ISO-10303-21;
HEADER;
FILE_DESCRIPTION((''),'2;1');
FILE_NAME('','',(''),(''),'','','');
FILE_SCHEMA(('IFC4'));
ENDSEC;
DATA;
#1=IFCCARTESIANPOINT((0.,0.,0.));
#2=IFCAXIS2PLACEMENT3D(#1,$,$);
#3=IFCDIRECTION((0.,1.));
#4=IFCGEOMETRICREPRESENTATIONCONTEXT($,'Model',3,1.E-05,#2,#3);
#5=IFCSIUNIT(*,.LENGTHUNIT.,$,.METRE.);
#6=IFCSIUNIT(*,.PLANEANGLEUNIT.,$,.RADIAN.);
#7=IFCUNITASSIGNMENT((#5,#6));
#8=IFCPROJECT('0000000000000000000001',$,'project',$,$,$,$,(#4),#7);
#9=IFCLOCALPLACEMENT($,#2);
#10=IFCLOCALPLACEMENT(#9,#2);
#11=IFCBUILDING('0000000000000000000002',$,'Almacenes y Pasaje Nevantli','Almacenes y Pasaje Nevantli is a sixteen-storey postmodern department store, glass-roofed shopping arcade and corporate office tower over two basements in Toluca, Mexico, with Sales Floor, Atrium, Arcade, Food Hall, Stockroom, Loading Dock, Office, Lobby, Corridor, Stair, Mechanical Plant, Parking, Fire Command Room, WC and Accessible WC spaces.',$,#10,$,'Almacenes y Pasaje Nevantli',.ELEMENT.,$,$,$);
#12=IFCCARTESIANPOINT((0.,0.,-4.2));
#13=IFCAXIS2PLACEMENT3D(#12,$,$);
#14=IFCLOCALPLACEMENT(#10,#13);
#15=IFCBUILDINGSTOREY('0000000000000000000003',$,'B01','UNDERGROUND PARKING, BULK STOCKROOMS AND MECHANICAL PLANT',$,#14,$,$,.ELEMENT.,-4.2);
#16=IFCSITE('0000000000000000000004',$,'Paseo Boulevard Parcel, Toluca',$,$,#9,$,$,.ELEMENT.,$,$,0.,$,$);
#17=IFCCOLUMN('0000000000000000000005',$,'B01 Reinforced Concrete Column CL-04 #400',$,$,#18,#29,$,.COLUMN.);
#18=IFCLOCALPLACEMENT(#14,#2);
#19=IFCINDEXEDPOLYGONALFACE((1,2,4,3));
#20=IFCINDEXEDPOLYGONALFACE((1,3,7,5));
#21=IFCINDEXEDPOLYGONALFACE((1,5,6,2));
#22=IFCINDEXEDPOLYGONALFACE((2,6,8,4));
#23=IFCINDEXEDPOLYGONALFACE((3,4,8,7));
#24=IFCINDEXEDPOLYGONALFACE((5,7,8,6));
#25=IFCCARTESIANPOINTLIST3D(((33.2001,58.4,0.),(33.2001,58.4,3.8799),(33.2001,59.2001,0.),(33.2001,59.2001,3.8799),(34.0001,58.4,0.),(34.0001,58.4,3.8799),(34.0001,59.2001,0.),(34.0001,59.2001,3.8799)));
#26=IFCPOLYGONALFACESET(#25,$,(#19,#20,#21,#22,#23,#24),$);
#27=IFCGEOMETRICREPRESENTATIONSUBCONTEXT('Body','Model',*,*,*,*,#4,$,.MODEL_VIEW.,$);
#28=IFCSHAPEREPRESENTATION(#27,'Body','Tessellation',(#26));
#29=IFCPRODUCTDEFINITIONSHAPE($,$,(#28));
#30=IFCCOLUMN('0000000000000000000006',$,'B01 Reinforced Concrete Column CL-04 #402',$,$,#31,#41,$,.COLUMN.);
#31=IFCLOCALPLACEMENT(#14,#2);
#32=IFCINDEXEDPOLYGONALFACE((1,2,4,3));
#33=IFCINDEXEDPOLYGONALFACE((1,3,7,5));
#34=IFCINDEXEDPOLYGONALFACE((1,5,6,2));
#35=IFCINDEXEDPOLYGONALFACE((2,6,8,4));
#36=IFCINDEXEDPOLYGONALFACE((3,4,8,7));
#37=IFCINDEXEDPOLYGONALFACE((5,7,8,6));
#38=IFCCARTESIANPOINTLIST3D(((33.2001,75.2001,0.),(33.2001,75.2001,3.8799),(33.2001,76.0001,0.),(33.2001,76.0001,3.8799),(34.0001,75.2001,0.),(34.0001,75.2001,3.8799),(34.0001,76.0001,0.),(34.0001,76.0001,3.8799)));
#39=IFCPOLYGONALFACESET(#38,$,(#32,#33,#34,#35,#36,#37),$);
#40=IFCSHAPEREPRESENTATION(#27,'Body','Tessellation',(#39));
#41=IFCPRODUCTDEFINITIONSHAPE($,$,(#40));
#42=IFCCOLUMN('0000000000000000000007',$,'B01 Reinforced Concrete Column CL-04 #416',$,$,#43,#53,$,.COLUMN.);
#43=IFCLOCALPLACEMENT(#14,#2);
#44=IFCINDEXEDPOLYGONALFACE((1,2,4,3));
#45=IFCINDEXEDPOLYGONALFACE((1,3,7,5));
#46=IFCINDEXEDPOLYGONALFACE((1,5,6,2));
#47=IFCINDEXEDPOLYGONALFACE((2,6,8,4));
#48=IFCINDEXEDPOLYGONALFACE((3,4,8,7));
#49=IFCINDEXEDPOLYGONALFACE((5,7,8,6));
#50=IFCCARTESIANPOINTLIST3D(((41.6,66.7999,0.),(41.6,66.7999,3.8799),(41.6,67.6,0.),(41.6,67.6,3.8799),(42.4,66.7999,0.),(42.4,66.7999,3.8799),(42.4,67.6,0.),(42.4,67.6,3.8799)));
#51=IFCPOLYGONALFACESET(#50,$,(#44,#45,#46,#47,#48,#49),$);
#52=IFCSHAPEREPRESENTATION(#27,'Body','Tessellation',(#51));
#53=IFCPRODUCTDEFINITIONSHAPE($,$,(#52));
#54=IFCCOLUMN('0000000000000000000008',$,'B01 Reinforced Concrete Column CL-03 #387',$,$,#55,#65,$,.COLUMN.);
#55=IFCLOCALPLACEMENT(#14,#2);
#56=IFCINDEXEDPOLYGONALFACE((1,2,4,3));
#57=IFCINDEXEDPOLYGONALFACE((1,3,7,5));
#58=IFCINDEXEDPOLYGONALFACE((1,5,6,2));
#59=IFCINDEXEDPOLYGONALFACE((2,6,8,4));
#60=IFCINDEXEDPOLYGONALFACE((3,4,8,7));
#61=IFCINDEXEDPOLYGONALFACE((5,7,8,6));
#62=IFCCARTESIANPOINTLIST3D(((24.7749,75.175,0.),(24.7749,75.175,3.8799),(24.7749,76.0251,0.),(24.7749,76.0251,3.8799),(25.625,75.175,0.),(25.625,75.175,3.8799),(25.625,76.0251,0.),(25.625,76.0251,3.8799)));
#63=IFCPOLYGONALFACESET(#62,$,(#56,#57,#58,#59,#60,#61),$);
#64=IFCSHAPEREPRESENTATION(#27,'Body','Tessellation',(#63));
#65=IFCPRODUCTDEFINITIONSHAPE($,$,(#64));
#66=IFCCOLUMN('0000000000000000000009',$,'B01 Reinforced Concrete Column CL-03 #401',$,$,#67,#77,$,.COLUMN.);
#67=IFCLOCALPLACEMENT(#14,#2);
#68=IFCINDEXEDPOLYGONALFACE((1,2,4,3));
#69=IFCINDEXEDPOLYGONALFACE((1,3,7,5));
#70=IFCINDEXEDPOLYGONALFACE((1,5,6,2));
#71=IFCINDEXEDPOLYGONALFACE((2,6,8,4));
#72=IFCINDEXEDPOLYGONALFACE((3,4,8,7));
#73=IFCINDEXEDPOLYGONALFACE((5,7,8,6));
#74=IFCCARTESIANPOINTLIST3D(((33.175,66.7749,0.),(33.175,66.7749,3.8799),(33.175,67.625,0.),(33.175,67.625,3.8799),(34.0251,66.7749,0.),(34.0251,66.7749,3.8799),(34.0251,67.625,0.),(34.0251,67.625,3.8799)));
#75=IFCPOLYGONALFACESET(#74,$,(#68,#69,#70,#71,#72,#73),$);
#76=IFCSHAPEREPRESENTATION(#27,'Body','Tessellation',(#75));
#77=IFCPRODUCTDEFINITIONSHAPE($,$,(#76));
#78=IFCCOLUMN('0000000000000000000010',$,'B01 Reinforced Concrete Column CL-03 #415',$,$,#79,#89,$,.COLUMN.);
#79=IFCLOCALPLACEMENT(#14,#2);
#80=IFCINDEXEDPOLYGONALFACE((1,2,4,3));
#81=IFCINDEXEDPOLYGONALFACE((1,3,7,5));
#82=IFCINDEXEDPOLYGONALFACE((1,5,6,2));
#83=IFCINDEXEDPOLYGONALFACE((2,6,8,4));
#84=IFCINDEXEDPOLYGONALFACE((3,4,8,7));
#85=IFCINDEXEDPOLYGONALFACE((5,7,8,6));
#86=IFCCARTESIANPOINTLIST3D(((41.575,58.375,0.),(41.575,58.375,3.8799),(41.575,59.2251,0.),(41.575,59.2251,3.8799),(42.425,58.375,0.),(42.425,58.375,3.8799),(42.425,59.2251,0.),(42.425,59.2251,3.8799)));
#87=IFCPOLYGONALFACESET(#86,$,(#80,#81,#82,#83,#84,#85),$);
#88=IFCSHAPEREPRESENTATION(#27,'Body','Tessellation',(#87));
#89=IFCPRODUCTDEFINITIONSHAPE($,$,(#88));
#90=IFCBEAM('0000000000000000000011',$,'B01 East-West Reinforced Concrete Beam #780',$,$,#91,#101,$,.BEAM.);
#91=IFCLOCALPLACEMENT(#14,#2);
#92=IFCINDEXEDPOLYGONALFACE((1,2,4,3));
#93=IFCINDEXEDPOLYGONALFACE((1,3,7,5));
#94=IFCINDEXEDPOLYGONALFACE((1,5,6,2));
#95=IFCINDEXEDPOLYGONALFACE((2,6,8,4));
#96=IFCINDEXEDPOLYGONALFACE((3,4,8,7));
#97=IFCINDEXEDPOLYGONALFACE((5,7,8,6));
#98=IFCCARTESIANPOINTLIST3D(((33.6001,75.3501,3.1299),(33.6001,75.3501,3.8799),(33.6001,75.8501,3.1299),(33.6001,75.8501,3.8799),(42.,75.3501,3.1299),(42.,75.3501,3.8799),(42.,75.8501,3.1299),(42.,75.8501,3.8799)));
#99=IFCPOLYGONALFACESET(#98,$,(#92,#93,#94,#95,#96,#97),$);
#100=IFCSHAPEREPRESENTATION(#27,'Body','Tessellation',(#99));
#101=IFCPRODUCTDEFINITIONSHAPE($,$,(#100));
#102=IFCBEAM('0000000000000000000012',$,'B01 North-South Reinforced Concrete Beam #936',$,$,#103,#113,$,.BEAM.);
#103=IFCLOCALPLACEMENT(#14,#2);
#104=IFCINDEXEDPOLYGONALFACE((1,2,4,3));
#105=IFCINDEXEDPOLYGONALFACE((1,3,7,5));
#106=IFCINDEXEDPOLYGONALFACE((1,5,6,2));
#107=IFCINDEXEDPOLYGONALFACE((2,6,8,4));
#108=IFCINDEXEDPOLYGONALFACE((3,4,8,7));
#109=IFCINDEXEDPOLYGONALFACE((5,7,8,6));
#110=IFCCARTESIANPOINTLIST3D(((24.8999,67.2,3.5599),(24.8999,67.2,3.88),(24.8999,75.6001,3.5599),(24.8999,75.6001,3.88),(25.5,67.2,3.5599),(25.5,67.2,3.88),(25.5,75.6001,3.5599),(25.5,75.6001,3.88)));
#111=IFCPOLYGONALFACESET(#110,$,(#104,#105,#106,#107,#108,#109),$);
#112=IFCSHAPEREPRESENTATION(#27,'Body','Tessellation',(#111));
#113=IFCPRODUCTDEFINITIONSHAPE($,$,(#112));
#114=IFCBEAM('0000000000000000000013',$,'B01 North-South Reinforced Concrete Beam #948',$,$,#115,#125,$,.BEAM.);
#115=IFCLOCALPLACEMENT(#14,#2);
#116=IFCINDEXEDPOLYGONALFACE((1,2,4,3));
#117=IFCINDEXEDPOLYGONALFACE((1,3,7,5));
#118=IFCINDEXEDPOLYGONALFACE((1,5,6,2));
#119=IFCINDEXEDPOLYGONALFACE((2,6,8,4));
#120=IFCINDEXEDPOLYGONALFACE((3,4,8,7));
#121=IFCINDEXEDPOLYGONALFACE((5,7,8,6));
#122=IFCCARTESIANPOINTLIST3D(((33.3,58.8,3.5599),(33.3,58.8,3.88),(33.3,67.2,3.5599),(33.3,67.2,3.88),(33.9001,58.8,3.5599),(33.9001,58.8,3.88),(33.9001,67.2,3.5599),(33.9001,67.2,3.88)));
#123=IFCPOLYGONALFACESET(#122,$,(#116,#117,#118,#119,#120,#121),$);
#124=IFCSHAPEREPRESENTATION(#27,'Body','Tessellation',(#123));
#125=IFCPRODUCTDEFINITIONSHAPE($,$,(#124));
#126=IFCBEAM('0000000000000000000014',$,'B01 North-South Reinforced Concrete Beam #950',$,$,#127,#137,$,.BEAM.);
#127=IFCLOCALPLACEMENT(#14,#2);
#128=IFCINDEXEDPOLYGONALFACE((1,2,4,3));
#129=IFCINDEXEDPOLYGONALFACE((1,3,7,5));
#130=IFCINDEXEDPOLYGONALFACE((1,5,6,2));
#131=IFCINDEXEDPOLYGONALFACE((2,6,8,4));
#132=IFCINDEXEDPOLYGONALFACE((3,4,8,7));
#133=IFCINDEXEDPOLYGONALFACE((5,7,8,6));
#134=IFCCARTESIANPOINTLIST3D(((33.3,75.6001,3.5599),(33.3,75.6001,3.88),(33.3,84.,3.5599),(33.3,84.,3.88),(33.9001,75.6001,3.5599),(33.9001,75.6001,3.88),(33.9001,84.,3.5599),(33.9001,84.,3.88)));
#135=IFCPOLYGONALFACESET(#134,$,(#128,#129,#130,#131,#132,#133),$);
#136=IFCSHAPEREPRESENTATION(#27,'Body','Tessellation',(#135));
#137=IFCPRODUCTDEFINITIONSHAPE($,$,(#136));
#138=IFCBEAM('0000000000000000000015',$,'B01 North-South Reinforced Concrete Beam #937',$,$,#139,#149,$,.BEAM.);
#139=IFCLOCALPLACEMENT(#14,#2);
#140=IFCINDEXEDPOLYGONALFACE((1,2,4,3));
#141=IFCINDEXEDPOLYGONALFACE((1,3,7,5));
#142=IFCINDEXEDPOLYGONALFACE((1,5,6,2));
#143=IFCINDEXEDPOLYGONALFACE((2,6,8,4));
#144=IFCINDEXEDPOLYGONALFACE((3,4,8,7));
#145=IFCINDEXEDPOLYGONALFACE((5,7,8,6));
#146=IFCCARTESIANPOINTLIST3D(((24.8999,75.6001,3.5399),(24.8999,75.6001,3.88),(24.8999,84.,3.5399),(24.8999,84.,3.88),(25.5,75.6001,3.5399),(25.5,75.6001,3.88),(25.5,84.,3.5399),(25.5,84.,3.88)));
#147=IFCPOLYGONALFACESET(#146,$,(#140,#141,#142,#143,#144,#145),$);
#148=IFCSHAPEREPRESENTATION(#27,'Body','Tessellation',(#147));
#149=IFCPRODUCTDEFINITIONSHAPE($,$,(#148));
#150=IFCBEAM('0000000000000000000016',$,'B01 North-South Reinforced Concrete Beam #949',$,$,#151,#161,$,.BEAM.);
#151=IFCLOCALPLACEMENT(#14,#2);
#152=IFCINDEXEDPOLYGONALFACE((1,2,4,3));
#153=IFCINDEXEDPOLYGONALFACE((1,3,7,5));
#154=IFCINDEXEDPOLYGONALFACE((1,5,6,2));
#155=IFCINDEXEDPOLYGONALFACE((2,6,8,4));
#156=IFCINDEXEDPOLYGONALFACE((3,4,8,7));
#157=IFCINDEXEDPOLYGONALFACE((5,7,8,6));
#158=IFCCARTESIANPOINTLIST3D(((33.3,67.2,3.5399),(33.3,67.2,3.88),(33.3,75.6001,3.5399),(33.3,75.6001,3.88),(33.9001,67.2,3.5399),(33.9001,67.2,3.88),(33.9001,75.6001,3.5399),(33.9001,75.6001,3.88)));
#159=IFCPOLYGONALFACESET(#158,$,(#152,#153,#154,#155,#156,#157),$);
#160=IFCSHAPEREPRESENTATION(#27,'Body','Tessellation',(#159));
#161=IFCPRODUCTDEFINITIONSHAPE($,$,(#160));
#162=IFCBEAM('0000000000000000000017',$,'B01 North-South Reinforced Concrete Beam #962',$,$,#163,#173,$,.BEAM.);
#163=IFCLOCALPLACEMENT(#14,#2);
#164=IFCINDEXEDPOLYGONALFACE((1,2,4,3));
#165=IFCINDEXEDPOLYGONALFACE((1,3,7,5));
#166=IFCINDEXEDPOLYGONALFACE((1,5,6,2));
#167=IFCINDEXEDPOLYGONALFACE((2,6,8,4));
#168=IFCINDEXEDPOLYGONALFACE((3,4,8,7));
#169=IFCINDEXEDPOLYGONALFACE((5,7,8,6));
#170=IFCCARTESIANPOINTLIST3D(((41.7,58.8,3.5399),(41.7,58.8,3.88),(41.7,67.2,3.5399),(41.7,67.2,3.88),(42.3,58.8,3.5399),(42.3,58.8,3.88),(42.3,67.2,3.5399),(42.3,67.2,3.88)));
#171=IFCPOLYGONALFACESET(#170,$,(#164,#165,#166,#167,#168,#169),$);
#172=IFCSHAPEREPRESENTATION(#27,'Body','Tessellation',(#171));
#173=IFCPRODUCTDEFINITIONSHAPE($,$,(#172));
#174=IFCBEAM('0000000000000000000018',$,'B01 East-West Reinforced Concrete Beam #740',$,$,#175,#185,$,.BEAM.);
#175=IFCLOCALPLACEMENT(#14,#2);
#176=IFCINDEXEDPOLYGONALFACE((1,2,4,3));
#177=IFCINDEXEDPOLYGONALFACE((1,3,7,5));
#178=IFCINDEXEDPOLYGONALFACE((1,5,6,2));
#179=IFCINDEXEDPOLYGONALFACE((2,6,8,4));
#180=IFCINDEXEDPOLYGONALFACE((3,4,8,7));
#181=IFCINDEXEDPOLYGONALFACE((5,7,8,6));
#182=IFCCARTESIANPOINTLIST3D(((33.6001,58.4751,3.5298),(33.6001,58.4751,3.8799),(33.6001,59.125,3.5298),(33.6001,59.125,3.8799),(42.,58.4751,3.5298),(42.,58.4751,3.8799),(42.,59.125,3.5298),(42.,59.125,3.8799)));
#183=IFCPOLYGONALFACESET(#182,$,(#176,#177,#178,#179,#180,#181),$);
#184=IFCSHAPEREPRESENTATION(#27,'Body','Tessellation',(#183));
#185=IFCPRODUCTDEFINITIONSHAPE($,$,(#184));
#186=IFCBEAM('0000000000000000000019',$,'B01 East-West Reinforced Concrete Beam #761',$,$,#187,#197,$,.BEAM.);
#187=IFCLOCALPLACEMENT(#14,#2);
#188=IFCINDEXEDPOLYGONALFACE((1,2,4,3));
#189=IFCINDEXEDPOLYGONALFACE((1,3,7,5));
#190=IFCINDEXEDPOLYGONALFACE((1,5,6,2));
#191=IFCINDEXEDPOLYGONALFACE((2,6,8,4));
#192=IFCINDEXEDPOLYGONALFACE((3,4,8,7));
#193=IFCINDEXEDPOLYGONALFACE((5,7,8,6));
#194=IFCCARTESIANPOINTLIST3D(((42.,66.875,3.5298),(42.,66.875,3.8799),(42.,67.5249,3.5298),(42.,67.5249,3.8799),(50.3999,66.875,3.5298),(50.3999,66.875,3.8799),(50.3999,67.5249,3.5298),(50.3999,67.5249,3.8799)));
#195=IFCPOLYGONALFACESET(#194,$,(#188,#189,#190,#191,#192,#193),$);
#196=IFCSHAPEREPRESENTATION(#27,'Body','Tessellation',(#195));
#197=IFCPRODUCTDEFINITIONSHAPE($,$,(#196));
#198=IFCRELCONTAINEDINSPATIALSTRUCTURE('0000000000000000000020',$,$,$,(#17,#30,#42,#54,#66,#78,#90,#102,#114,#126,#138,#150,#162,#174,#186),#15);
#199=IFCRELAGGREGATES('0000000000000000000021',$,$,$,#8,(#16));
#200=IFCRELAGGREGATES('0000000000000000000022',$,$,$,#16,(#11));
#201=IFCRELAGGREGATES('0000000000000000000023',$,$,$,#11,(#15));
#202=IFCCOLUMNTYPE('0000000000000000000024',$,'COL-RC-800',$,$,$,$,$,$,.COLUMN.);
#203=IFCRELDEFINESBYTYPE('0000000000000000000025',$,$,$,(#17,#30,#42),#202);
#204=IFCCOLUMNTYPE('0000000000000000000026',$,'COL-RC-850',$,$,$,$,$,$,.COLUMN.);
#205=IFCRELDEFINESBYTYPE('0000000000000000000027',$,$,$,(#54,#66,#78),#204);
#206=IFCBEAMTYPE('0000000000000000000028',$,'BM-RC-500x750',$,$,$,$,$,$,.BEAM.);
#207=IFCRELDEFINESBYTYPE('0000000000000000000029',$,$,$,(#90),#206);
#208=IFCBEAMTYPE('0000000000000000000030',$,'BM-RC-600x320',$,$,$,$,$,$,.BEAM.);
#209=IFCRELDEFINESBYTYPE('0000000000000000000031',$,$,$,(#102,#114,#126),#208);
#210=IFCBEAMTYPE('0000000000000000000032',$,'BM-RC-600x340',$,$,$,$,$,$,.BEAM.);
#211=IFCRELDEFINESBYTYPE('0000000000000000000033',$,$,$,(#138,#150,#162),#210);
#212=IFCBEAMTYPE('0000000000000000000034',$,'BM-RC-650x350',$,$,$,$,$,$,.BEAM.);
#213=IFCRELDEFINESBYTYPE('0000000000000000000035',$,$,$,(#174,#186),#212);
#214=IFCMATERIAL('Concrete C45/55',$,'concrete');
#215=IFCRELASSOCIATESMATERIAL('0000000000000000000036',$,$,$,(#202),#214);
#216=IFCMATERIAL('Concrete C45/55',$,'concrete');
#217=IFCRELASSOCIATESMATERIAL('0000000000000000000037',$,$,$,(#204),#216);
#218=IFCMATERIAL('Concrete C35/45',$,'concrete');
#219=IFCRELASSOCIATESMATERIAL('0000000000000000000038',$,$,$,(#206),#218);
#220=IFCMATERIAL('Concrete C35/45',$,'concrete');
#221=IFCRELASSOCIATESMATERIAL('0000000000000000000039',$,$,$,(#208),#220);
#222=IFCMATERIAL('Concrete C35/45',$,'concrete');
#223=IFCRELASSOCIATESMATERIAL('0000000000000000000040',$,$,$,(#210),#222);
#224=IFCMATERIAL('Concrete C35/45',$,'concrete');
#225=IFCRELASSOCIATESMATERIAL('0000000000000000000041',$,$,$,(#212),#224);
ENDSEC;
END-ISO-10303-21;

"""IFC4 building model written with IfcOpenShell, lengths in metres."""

from ifc_helpers import new_model, si_unit, direction, frame, origin, origin_2d, place, context, subcontext, project, spatial, rectangle, extrude, material, material_profile, profile_set, type_object, element, save


model = new_model("IFC4")

# Units and contexts
model_context = context("Model", 3, precision=1e-05, world=origin(), true_north=direction((0.0, 1.0)))
body_context = subcontext(model_context, "Body", "Model", "MODEL_VIEW")
ifc_project = project(units=[si_unit("LENGTHUNIT", "METRE"), si_unit("PLANEANGLEUNIT", "RADIAN")], contexts=[model_context])

# Site, building, storey
site_placement = place(None, origin())
site = spatial("IfcSite", under=ifc_project, at=site_placement, Name="Paseo Boulevard Parcel, Toluca", CompositionType="ELEMENT", RefElevation=0.0)
building_placement = place(site_placement, origin())
building = spatial("IfcBuilding", under=site, at=building_placement, Name="Almacenes y Pasaje Nevantli", Description="Almacenes y Pasaje Nevantli is a sixteen-storey postmodern department store, glass-roofed shopping arcade and corporate office tower over two basements in Toluca, Mexico, with Sales Floor, Atrium, Arcade, Food Hall, Stockroom, Loading Dock, Office, Lobby, Corridor, Stair, Mechanical Plant, Parking, Fire Command Room, WC and Accessible WC spaces.", LongName="Almacenes y Pasaje Nevantli", CompositionType="ELEMENT")
storey_placement = place(building_placement, frame((0.0, 0.0, -4.2)))
storey = spatial("IfcBuildingStorey", under=building, at=storey_placement, Name="B01", Description="UNDERGROUND PARKING, BULK STOCKROOMS AND MECHANICAL PLANT", CompositionType="ELEMENT", Elevation=-4.2)

# Columns
ifc_material_1 = material(Name="Concrete C45/55", Category="concrete")
ifc_material_profile_1 = material_profile(ifc_material_1, rectangle(XDim=0.8, YDim=0.8, at=origin_2d()), Name="RC-COL-800x800")
ifc_profile_set_1 = profile_set([ifc_material_profile_1], Name="Concrete C45/55")
column_type_1 = type_object("IfcColumnType", Name="COL-RC-800", PredefinedType="COLUMN", material=ifc_profile_set_1)
for number, where, z_axis, x_axis, name in (
    (1, (33.6001, 58.8, 0.0), (0.0, 0.0, 1.0), (1.0, 0.0, 0.0), "B01 Reinforced Concrete Column CL-04 #400"),
    (2, (33.6001, 75.6001, 0.0), (0.0, 0.0, 1.0), (1.0, 0.0, 0.0), "B01 Reinforced Concrete Column CL-04 #402"),
    (3, (42.0, 67.2, 0.0), (0.0, 0.0, 1.0), (1.0, 0.0, 0.0), "B01 Reinforced Concrete Column CL-04 #416"),
):
    element("IfcColumn", number, at=place(storey_placement, frame(where, z_axis=z_axis, x_axis=x_axis)), inside=storey, type_object=column_type_1, Name=name, PredefinedType="COLUMN", context=body_context, shape_type="SweptSolid", body=[
        extrude(rectangle(XDim=0.8, YDim=0.8, at=origin_2d()), origin(), (0.0, 0.0, 1.0), 3.8799),
    ])
ifc_material_2 = material(Name="Concrete C45/55", Category="concrete")
ifc_material_profile_2 = material_profile(ifc_material_2, rectangle(XDim=0.8501, YDim=0.8501, at=origin_2d()), Name="RC-COL-850x850")
ifc_profile_set_2 = profile_set([ifc_material_profile_2], Name="Concrete C45/55")
column_type_2 = type_object("IfcColumnType", Name="COL-RC-850", PredefinedType="COLUMN", material=ifc_profile_set_2)
for number, where, z_axis, x_axis, name in (
    (4, (25.2, 75.6001, 0.0), (0.0, 0.0, 1.0), (1.0, 0.0, 0.0), "B01 Reinforced Concrete Column CL-03 #387"),
    (5, (33.6001, 67.2, 0.0), (0.0, 0.0, 1.0), (1.0, 0.0, 0.0), "B01 Reinforced Concrete Column CL-03 #401"),
    (6, (42.0, 58.8, 0.0), (0.0, 0.0, 1.0), (1.0, 0.0, 0.0), "B01 Reinforced Concrete Column CL-03 #415"),
):
    element("IfcColumn", number, at=place(storey_placement, frame(where, z_axis=z_axis, x_axis=x_axis)), inside=storey, type_object=column_type_2, Name=name, PredefinedType="COLUMN", context=body_context, shape_type="SweptSolid", body=[
        extrude(rectangle(XDim=0.8501, YDim=0.8501, at=origin_2d()), origin(), (0.0, 0.0, 1.0), 3.8799),
    ])

# Beams
ifc_material_3 = material(Name="Concrete C35/45", Category="concrete")
ifc_material_profile_3 = material_profile(ifc_material_3, rectangle(XDim=0.5, YDim=0.75, at=origin_2d()), Name="RC-BM-500x750")
ifc_profile_set_3 = profile_set([ifc_material_profile_3], Name="Concrete C35/45")
beam_type_1 = type_object("IfcBeamType", Name="BM-RC-500x750", PredefinedType="BEAM", material=ifc_profile_set_3)
beam_1_placement = place(storey_placement, frame((33.6001, 75.6001, 3.5049), z_axis=(1.0, 0.0, 0.0), x_axis=(0.0, 1.0, 0.0)))
element("IfcBeam", 7, at=beam_1_placement, inside=storey, type_object=beam_type_1, Name="B01 East-West Reinforced Concrete Beam #780", PredefinedType="BEAM", context=body_context, shape_type="SweptSolid", body=[
    extrude(rectangle(XDim=0.5, YDim=0.75, at=origin_2d()), origin(), (0.0, 0.0, 1.0), 8.3999),
])
ifc_material_4 = material(Name="Concrete C35/45", Category="concrete")
ifc_material_profile_4 = material_profile(ifc_material_4, rectangle(XDim=0.6001, YDim=0.3201, at=origin_2d()), Name="RC-BM-600x320")
ifc_profile_set_4 = profile_set([ifc_material_profile_4], Name="Concrete C35/45")
beam_type_2 = type_object("IfcBeamType", Name="BM-RC-600x320", PredefinedType="BEAM", material=ifc_profile_set_4)
beam_2_placement = place(storey_placement, frame((25.2, 67.2, 3.72), z_axis=(0.0, 1.0, 0.0), x_axis=(-1.0, 0.0, 0.0)))
element("IfcBeam", 8, at=beam_2_placement, inside=storey, type_object=beam_type_2, Name="B01 North-South Reinforced Concrete Beam #936", PredefinedType="BEAM", context=body_context, shape_type="SweptSolid", body=[
    extrude(rectangle(XDim=0.6001, YDim=0.3201, at=origin_2d()), origin(), (0.0, 0.0, 1.0), 8.4001),
])
for number, where, z_axis, x_axis, name in (
    (9, (33.6001, 58.8, 3.72), (0.0, 1.0, 0.0), (-1.0, 0.0, 0.0), "B01 North-South Reinforced Concrete Beam #948"),
    (10, (33.6001, 75.6001, 3.72), (0.0, 1.0, 0.0), (-1.0, 0.0, 0.0), "B01 North-South Reinforced Concrete Beam #950"),
):
    element("IfcBeam", number, at=place(storey_placement, frame(where, z_axis=z_axis, x_axis=x_axis)), inside=storey, type_object=beam_type_2, Name=name, PredefinedType="BEAM", context=body_context, shape_type="SweptSolid", body=[
        extrude(rectangle(XDim=0.6001, YDim=0.3201, at=origin_2d()), origin(), (0.0, 0.0, 1.0), 8.3999),
    ])
ifc_material_5 = material(Name="Concrete C35/45", Category="concrete")
ifc_material_profile_5 = material_profile(ifc_material_5, rectangle(XDim=0.6001, YDim=0.3401, at=origin_2d()), Name="RC-BM-600x340")
ifc_profile_set_5 = profile_set([ifc_material_profile_5], Name="Concrete C35/45")
beam_type_3 = type_object("IfcBeamType", Name="BM-RC-600x340", PredefinedType="BEAM", material=ifc_profile_set_5)
beam_3_placement = place(storey_placement, frame((25.2, 75.6001, 3.71), z_axis=(0.0, 1.0, 0.0), x_axis=(-1.0, 0.0, 0.0)))
element("IfcBeam", 11, at=beam_3_placement, inside=storey, type_object=beam_type_3, Name="B01 North-South Reinforced Concrete Beam #937", PredefinedType="BEAM", context=body_context, shape_type="SweptSolid", body=[
    extrude(rectangle(XDim=0.6001, YDim=0.3401, at=origin_2d()), origin(), (0.0, 0.0, 1.0), 8.3999),
])
beam_4_placement = place(storey_placement, frame((33.6001, 67.2, 3.71), z_axis=(0.0, 1.0, 0.0), x_axis=(-1.0, 0.0, 0.0)))
element("IfcBeam", 12, at=beam_4_placement, inside=storey, type_object=beam_type_3, Name="B01 North-South Reinforced Concrete Beam #949", PredefinedType="BEAM", context=body_context, shape_type="SweptSolid", body=[
    extrude(rectangle(XDim=0.6001, YDim=0.3401, at=origin_2d()), origin(), (0.0, 0.0, 1.0), 8.4001),
])
beam_5_placement = place(storey_placement, frame((42.0, 58.8, 3.71), z_axis=(0.0, 1.0, 0.0), x_axis=(-1.0, 0.0, 0.0)))
element("IfcBeam", 13, at=beam_5_placement, inside=storey, type_object=beam_type_3, Name="B01 North-South Reinforced Concrete Beam #962", PredefinedType="BEAM", context=body_context, shape_type="SweptSolid", body=[
    extrude(rectangle(XDim=0.6001, YDim=0.3401, at=origin_2d()), origin(), (0.0, 0.0, 1.0), 8.3999),
])
ifc_material_6 = material(Name="Concrete C35/45", Category="concrete")
ifc_material_profile_6 = material_profile(ifc_material_6, rectangle(XDim=0.6499, YDim=0.3501, at=origin_2d()), Name="RC-BM-650x350")
ifc_profile_set_6 = profile_set([ifc_material_profile_6], Name="Concrete C35/45")
beam_type_4 = type_object("IfcBeamType", Name="BM-RC-650x350", PredefinedType="BEAM", material=ifc_profile_set_6)
for number, where, z_axis, x_axis, name in (
    (14, (33.6001, 58.8, 3.7048), (1.0, 0.0, 0.0), (0.0, 1.0, 0.0), "B01 East-West Reinforced Concrete Beam #740"),
    (15, (42.0, 67.2, 3.7048), (1.0, 0.0, 0.0), (0.0, 1.0, 0.0), "B01 East-West Reinforced Concrete Beam #761"),
):
    element("IfcBeam", number, at=place(storey_placement, frame(where, z_axis=z_axis, x_axis=x_axis)), inside=storey, type_object=beam_type_4, Name=name, PredefinedType="BEAM", context=body_context, shape_type="SweptSolid", body=[
        extrude(rectangle(XDim=0.6499, YDim=0.3501, at=origin_2d()), origin(), (0.0, 0.0, 1.0), 8.3999),
    ])

save(model, "model.ifc")
